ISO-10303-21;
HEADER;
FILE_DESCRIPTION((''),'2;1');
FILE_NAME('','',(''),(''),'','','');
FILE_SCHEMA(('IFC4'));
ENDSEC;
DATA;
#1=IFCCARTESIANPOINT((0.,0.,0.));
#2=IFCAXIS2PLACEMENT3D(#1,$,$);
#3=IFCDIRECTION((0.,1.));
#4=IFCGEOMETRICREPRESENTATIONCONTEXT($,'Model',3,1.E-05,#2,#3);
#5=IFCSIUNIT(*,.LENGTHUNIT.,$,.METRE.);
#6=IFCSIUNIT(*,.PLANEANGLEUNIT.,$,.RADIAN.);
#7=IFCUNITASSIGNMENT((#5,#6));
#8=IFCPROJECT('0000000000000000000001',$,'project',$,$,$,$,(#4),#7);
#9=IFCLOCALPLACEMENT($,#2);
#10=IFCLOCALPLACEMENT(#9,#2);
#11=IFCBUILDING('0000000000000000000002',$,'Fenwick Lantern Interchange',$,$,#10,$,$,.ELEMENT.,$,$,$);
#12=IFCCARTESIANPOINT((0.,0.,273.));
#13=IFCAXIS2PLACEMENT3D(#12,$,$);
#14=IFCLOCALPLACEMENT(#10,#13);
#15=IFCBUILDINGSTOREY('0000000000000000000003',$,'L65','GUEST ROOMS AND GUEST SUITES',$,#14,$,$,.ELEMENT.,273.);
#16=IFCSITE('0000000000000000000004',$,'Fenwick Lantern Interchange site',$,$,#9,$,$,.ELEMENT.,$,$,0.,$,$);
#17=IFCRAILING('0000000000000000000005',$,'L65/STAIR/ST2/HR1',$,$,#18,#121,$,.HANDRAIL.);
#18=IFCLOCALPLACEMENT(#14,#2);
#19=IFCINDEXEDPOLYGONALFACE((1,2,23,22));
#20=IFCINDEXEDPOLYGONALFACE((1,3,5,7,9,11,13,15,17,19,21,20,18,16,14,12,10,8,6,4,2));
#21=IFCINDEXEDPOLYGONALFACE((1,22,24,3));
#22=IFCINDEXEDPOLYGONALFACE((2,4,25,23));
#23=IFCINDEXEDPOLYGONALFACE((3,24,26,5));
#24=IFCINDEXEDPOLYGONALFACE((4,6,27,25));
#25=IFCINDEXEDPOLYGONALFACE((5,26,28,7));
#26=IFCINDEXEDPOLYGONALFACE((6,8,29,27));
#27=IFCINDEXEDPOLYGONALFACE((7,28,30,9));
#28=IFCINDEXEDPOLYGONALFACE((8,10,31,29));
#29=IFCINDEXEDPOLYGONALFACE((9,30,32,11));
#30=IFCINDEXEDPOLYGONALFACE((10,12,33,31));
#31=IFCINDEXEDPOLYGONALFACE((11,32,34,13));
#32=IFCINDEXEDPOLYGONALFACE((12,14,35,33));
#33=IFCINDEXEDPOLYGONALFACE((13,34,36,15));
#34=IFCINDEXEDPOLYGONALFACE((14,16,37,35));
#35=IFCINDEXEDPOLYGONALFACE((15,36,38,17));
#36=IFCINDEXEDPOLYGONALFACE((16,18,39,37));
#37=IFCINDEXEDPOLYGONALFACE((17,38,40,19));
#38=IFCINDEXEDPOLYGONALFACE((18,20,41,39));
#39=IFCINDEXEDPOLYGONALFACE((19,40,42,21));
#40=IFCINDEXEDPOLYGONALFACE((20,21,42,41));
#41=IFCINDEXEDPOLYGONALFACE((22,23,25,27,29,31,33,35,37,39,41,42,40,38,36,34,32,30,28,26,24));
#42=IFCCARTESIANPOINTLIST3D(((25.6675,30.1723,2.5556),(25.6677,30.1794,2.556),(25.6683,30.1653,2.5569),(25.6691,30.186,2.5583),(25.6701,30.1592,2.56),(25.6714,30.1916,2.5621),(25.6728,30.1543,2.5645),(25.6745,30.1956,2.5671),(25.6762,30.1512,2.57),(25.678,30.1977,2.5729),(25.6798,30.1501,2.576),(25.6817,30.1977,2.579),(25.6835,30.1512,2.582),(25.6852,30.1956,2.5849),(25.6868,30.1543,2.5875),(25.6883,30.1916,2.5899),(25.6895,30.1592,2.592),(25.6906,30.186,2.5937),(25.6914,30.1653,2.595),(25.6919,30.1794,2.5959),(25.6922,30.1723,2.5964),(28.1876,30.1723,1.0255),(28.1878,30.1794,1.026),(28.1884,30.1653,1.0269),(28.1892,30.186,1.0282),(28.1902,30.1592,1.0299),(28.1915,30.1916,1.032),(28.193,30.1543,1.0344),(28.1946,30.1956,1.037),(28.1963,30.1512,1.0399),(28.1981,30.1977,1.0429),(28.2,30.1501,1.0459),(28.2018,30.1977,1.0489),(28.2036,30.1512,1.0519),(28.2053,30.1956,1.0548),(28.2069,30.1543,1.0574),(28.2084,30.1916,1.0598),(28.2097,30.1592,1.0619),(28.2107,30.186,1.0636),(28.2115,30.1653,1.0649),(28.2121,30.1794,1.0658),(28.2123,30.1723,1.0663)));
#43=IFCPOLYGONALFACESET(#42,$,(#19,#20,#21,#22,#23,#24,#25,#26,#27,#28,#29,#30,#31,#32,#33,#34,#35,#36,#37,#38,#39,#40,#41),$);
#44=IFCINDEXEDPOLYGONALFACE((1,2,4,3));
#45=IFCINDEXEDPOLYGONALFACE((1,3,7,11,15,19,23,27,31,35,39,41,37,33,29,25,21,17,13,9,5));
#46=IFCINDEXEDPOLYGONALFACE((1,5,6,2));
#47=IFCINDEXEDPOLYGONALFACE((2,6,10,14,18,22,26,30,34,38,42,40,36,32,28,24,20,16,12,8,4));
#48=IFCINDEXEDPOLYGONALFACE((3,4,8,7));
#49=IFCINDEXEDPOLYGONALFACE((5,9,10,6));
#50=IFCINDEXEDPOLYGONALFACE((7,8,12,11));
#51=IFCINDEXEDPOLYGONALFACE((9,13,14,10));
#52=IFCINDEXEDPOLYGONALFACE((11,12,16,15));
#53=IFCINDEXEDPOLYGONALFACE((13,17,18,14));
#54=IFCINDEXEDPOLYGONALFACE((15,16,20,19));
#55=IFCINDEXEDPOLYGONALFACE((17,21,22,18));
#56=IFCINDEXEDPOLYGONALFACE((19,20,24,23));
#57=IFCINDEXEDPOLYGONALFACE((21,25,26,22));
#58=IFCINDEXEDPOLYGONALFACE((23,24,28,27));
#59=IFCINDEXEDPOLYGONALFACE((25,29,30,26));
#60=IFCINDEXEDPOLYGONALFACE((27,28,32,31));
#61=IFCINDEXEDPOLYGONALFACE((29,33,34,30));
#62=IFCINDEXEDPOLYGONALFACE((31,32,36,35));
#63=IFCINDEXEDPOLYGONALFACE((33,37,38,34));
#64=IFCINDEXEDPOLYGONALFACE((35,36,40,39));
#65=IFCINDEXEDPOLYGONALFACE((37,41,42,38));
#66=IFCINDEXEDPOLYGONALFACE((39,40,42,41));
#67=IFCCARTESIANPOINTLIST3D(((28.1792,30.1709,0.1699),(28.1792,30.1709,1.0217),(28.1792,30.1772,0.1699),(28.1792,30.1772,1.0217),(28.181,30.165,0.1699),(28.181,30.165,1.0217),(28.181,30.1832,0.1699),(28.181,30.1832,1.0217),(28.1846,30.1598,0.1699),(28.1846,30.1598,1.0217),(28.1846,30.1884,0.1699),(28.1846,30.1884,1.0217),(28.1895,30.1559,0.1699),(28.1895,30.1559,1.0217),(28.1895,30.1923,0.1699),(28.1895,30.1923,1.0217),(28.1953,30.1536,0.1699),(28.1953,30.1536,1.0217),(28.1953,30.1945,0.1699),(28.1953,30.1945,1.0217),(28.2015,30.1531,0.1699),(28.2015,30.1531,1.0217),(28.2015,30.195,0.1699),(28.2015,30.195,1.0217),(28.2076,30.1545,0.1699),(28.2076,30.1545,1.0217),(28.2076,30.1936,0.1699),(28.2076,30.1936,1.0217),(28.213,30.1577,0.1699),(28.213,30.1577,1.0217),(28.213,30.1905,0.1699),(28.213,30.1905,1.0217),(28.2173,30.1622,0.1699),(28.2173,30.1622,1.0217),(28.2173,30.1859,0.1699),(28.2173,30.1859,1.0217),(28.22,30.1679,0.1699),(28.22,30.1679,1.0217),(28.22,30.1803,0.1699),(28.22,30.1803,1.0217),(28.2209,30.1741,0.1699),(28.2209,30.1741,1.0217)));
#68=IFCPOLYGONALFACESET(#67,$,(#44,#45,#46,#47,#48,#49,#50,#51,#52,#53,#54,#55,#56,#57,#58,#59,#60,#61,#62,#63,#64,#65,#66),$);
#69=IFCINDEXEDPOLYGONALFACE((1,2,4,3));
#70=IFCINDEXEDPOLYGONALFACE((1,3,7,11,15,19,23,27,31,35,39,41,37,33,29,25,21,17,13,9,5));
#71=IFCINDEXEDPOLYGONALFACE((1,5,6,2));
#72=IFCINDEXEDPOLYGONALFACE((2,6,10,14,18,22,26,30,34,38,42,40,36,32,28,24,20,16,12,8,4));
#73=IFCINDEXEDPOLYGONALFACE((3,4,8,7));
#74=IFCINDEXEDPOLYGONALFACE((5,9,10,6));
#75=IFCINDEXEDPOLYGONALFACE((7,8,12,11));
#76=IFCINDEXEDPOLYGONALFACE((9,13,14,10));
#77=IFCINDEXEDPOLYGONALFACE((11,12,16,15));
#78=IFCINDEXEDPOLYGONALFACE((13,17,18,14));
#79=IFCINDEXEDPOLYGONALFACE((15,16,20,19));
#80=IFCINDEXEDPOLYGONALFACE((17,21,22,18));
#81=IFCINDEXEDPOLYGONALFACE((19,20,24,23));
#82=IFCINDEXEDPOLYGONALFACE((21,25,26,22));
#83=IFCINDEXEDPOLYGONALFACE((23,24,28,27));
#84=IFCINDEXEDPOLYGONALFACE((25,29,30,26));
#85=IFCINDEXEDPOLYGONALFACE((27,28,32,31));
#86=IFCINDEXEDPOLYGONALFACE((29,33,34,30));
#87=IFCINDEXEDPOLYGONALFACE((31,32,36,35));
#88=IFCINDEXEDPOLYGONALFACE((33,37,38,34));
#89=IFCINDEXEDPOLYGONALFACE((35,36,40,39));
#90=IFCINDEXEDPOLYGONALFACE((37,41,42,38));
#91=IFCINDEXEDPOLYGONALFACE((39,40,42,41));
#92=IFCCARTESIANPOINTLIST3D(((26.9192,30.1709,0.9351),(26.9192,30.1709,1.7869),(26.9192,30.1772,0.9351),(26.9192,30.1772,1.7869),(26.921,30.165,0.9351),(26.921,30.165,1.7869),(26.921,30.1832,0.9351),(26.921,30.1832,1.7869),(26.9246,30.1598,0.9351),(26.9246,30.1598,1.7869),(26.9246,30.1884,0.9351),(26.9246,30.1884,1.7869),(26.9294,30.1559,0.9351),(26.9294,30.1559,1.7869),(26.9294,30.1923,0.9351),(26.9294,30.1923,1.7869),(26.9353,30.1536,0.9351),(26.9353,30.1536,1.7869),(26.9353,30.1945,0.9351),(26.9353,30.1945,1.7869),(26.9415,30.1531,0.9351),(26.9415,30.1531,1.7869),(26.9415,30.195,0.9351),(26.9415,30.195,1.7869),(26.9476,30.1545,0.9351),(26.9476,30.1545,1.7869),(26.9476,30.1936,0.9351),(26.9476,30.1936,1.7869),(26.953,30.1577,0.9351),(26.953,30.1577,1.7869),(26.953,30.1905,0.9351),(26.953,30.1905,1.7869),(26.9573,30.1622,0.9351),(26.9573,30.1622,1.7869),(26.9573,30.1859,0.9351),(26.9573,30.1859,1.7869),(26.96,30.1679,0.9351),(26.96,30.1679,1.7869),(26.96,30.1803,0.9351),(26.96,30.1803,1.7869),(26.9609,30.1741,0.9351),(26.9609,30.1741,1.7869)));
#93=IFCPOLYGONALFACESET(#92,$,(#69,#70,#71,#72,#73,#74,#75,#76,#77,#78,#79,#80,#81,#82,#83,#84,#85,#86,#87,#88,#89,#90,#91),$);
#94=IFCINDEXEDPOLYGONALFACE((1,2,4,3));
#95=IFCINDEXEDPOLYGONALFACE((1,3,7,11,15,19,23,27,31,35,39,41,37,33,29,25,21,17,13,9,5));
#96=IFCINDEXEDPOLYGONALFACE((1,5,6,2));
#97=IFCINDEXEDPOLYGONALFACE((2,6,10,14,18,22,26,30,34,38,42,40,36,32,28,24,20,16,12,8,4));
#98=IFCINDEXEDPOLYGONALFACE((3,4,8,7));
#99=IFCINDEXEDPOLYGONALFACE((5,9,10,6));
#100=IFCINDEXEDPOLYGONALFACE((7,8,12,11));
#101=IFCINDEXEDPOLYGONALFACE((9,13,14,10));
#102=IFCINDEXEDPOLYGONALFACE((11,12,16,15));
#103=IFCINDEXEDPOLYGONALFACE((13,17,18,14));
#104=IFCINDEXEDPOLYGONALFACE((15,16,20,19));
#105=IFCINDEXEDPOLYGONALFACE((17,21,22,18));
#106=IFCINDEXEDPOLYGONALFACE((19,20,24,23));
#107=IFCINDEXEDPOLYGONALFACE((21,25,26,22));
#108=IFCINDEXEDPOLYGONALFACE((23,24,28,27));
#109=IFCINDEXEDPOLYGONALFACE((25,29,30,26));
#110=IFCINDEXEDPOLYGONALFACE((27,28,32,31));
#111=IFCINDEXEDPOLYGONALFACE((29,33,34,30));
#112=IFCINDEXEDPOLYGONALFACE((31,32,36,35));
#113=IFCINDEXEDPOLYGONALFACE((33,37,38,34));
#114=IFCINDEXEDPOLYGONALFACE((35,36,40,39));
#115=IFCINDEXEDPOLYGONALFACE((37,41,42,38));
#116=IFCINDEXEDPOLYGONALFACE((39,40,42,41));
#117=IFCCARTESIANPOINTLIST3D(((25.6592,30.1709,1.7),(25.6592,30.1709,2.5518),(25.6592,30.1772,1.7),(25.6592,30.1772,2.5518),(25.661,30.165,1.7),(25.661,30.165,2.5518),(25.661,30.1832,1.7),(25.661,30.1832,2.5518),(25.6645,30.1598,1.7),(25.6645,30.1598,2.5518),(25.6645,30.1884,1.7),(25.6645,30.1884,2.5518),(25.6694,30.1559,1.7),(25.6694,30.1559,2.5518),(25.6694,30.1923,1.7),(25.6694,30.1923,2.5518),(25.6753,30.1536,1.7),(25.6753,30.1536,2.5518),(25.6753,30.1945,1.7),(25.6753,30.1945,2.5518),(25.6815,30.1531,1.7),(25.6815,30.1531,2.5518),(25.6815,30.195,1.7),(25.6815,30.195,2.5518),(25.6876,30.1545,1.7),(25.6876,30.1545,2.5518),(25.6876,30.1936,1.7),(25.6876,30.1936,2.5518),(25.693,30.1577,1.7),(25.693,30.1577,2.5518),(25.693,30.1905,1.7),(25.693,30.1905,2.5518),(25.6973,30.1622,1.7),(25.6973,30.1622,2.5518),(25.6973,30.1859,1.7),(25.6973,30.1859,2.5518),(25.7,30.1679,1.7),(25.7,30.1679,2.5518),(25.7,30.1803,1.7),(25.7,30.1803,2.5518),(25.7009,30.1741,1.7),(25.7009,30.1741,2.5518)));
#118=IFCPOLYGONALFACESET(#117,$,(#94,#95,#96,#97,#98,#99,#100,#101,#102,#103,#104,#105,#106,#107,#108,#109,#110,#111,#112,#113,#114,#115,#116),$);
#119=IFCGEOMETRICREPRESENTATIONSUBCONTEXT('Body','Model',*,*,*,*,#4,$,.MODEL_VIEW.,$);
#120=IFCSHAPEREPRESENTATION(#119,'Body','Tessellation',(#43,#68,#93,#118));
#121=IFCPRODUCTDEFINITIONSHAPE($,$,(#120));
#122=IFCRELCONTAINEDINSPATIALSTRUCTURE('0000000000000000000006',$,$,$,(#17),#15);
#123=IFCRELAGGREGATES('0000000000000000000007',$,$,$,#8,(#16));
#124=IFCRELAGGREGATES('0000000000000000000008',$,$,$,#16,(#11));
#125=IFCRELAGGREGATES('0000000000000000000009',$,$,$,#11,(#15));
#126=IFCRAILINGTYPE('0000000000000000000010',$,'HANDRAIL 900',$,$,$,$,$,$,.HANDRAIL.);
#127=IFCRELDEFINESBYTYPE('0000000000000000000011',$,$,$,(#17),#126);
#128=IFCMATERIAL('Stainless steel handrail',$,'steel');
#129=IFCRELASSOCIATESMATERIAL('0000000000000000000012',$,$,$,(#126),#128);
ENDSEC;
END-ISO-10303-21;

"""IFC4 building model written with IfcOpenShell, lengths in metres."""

from ifc_helpers import new_model, si_unit, direction, frame, origin, origin_2d, place, context, subcontext, project, spatial, circle, extrude, material, type_object, element, save


model = new_model("IFC4")

# Units and contexts
model_context = context("Model", 3, precision=1e-05, world=origin(), true_north=direction((0.0, 1.0)))
body_context = subcontext(model_context, "Body", "Model", "MODEL_VIEW")
ifc_project = project(units=[si_unit("LENGTHUNIT", "METRE"), si_unit("PLANEANGLEUNIT", "RADIAN")], contexts=[model_context])

# Site, building, storey
site_placement = place(None, origin())
site = spatial("IfcSite", under=ifc_project, at=site_placement, Name="Fenwick Lantern Interchange site", CompositionType="ELEMENT", RefElevation=0.0)
building_placement = place(site_placement, origin())
building = spatial("IfcBuilding", under=site, at=building_placement, Name="Fenwick Lantern Interchange", CompositionType="ELEMENT")
storey_placement = place(building_placement, frame((0.0, 0.0, 273.0)))
storey = spatial("IfcBuildingStorey", under=building, at=storey_placement, Name="L65", Description="GUEST ROOMS AND GUEST SUITES", CompositionType="ELEMENT", Elevation=273.0)

# Railing
ifc_material_1 = material(Name="Stainless steel handrail", Category="steel")
railing_type = type_object("IfcRailingType", Name="HANDRAIL 900", PredefinedType="HANDRAIL", material=ifc_material_1)
railing_placement = place(storey_placement, frame((28.2, 30.1741, 0.1699)))
element("IfcRailing", 1, at=railing_placement, inside=storey, type_object=railing_type, Name="L65/STAIR/ST2/HR1", PredefinedType="HANDRAIL", context=body_context, shape_type="SweptSolid", body=[
    extrude(circle(Radius=0.0239, at=origin_2d()), frame((0.0, 0.0, 0.876), z_axis=(-0.854785, 0.0, 0.518982), x_axis=(0.0, -1.0, 0.0)), (0.0, 0.0, 1.0), 2.9482),
    extrude(circle(Radius=0.021, at=origin_2d()), origin(), (0.0, 0.0, 1.0), 0.8518),
    extrude(circle(Radius=0.021, at=origin_2d()), frame((-1.26, 0.0, 0.7651)), (0.0, 0.0, 1.0), 0.8518),
    extrude(circle(Radius=0.021, at=origin_2d()), frame((-2.52, 0.0, 1.53)), (0.0, 0.0, 1.0), 0.8518),
])

save(model, "model.ifc")
